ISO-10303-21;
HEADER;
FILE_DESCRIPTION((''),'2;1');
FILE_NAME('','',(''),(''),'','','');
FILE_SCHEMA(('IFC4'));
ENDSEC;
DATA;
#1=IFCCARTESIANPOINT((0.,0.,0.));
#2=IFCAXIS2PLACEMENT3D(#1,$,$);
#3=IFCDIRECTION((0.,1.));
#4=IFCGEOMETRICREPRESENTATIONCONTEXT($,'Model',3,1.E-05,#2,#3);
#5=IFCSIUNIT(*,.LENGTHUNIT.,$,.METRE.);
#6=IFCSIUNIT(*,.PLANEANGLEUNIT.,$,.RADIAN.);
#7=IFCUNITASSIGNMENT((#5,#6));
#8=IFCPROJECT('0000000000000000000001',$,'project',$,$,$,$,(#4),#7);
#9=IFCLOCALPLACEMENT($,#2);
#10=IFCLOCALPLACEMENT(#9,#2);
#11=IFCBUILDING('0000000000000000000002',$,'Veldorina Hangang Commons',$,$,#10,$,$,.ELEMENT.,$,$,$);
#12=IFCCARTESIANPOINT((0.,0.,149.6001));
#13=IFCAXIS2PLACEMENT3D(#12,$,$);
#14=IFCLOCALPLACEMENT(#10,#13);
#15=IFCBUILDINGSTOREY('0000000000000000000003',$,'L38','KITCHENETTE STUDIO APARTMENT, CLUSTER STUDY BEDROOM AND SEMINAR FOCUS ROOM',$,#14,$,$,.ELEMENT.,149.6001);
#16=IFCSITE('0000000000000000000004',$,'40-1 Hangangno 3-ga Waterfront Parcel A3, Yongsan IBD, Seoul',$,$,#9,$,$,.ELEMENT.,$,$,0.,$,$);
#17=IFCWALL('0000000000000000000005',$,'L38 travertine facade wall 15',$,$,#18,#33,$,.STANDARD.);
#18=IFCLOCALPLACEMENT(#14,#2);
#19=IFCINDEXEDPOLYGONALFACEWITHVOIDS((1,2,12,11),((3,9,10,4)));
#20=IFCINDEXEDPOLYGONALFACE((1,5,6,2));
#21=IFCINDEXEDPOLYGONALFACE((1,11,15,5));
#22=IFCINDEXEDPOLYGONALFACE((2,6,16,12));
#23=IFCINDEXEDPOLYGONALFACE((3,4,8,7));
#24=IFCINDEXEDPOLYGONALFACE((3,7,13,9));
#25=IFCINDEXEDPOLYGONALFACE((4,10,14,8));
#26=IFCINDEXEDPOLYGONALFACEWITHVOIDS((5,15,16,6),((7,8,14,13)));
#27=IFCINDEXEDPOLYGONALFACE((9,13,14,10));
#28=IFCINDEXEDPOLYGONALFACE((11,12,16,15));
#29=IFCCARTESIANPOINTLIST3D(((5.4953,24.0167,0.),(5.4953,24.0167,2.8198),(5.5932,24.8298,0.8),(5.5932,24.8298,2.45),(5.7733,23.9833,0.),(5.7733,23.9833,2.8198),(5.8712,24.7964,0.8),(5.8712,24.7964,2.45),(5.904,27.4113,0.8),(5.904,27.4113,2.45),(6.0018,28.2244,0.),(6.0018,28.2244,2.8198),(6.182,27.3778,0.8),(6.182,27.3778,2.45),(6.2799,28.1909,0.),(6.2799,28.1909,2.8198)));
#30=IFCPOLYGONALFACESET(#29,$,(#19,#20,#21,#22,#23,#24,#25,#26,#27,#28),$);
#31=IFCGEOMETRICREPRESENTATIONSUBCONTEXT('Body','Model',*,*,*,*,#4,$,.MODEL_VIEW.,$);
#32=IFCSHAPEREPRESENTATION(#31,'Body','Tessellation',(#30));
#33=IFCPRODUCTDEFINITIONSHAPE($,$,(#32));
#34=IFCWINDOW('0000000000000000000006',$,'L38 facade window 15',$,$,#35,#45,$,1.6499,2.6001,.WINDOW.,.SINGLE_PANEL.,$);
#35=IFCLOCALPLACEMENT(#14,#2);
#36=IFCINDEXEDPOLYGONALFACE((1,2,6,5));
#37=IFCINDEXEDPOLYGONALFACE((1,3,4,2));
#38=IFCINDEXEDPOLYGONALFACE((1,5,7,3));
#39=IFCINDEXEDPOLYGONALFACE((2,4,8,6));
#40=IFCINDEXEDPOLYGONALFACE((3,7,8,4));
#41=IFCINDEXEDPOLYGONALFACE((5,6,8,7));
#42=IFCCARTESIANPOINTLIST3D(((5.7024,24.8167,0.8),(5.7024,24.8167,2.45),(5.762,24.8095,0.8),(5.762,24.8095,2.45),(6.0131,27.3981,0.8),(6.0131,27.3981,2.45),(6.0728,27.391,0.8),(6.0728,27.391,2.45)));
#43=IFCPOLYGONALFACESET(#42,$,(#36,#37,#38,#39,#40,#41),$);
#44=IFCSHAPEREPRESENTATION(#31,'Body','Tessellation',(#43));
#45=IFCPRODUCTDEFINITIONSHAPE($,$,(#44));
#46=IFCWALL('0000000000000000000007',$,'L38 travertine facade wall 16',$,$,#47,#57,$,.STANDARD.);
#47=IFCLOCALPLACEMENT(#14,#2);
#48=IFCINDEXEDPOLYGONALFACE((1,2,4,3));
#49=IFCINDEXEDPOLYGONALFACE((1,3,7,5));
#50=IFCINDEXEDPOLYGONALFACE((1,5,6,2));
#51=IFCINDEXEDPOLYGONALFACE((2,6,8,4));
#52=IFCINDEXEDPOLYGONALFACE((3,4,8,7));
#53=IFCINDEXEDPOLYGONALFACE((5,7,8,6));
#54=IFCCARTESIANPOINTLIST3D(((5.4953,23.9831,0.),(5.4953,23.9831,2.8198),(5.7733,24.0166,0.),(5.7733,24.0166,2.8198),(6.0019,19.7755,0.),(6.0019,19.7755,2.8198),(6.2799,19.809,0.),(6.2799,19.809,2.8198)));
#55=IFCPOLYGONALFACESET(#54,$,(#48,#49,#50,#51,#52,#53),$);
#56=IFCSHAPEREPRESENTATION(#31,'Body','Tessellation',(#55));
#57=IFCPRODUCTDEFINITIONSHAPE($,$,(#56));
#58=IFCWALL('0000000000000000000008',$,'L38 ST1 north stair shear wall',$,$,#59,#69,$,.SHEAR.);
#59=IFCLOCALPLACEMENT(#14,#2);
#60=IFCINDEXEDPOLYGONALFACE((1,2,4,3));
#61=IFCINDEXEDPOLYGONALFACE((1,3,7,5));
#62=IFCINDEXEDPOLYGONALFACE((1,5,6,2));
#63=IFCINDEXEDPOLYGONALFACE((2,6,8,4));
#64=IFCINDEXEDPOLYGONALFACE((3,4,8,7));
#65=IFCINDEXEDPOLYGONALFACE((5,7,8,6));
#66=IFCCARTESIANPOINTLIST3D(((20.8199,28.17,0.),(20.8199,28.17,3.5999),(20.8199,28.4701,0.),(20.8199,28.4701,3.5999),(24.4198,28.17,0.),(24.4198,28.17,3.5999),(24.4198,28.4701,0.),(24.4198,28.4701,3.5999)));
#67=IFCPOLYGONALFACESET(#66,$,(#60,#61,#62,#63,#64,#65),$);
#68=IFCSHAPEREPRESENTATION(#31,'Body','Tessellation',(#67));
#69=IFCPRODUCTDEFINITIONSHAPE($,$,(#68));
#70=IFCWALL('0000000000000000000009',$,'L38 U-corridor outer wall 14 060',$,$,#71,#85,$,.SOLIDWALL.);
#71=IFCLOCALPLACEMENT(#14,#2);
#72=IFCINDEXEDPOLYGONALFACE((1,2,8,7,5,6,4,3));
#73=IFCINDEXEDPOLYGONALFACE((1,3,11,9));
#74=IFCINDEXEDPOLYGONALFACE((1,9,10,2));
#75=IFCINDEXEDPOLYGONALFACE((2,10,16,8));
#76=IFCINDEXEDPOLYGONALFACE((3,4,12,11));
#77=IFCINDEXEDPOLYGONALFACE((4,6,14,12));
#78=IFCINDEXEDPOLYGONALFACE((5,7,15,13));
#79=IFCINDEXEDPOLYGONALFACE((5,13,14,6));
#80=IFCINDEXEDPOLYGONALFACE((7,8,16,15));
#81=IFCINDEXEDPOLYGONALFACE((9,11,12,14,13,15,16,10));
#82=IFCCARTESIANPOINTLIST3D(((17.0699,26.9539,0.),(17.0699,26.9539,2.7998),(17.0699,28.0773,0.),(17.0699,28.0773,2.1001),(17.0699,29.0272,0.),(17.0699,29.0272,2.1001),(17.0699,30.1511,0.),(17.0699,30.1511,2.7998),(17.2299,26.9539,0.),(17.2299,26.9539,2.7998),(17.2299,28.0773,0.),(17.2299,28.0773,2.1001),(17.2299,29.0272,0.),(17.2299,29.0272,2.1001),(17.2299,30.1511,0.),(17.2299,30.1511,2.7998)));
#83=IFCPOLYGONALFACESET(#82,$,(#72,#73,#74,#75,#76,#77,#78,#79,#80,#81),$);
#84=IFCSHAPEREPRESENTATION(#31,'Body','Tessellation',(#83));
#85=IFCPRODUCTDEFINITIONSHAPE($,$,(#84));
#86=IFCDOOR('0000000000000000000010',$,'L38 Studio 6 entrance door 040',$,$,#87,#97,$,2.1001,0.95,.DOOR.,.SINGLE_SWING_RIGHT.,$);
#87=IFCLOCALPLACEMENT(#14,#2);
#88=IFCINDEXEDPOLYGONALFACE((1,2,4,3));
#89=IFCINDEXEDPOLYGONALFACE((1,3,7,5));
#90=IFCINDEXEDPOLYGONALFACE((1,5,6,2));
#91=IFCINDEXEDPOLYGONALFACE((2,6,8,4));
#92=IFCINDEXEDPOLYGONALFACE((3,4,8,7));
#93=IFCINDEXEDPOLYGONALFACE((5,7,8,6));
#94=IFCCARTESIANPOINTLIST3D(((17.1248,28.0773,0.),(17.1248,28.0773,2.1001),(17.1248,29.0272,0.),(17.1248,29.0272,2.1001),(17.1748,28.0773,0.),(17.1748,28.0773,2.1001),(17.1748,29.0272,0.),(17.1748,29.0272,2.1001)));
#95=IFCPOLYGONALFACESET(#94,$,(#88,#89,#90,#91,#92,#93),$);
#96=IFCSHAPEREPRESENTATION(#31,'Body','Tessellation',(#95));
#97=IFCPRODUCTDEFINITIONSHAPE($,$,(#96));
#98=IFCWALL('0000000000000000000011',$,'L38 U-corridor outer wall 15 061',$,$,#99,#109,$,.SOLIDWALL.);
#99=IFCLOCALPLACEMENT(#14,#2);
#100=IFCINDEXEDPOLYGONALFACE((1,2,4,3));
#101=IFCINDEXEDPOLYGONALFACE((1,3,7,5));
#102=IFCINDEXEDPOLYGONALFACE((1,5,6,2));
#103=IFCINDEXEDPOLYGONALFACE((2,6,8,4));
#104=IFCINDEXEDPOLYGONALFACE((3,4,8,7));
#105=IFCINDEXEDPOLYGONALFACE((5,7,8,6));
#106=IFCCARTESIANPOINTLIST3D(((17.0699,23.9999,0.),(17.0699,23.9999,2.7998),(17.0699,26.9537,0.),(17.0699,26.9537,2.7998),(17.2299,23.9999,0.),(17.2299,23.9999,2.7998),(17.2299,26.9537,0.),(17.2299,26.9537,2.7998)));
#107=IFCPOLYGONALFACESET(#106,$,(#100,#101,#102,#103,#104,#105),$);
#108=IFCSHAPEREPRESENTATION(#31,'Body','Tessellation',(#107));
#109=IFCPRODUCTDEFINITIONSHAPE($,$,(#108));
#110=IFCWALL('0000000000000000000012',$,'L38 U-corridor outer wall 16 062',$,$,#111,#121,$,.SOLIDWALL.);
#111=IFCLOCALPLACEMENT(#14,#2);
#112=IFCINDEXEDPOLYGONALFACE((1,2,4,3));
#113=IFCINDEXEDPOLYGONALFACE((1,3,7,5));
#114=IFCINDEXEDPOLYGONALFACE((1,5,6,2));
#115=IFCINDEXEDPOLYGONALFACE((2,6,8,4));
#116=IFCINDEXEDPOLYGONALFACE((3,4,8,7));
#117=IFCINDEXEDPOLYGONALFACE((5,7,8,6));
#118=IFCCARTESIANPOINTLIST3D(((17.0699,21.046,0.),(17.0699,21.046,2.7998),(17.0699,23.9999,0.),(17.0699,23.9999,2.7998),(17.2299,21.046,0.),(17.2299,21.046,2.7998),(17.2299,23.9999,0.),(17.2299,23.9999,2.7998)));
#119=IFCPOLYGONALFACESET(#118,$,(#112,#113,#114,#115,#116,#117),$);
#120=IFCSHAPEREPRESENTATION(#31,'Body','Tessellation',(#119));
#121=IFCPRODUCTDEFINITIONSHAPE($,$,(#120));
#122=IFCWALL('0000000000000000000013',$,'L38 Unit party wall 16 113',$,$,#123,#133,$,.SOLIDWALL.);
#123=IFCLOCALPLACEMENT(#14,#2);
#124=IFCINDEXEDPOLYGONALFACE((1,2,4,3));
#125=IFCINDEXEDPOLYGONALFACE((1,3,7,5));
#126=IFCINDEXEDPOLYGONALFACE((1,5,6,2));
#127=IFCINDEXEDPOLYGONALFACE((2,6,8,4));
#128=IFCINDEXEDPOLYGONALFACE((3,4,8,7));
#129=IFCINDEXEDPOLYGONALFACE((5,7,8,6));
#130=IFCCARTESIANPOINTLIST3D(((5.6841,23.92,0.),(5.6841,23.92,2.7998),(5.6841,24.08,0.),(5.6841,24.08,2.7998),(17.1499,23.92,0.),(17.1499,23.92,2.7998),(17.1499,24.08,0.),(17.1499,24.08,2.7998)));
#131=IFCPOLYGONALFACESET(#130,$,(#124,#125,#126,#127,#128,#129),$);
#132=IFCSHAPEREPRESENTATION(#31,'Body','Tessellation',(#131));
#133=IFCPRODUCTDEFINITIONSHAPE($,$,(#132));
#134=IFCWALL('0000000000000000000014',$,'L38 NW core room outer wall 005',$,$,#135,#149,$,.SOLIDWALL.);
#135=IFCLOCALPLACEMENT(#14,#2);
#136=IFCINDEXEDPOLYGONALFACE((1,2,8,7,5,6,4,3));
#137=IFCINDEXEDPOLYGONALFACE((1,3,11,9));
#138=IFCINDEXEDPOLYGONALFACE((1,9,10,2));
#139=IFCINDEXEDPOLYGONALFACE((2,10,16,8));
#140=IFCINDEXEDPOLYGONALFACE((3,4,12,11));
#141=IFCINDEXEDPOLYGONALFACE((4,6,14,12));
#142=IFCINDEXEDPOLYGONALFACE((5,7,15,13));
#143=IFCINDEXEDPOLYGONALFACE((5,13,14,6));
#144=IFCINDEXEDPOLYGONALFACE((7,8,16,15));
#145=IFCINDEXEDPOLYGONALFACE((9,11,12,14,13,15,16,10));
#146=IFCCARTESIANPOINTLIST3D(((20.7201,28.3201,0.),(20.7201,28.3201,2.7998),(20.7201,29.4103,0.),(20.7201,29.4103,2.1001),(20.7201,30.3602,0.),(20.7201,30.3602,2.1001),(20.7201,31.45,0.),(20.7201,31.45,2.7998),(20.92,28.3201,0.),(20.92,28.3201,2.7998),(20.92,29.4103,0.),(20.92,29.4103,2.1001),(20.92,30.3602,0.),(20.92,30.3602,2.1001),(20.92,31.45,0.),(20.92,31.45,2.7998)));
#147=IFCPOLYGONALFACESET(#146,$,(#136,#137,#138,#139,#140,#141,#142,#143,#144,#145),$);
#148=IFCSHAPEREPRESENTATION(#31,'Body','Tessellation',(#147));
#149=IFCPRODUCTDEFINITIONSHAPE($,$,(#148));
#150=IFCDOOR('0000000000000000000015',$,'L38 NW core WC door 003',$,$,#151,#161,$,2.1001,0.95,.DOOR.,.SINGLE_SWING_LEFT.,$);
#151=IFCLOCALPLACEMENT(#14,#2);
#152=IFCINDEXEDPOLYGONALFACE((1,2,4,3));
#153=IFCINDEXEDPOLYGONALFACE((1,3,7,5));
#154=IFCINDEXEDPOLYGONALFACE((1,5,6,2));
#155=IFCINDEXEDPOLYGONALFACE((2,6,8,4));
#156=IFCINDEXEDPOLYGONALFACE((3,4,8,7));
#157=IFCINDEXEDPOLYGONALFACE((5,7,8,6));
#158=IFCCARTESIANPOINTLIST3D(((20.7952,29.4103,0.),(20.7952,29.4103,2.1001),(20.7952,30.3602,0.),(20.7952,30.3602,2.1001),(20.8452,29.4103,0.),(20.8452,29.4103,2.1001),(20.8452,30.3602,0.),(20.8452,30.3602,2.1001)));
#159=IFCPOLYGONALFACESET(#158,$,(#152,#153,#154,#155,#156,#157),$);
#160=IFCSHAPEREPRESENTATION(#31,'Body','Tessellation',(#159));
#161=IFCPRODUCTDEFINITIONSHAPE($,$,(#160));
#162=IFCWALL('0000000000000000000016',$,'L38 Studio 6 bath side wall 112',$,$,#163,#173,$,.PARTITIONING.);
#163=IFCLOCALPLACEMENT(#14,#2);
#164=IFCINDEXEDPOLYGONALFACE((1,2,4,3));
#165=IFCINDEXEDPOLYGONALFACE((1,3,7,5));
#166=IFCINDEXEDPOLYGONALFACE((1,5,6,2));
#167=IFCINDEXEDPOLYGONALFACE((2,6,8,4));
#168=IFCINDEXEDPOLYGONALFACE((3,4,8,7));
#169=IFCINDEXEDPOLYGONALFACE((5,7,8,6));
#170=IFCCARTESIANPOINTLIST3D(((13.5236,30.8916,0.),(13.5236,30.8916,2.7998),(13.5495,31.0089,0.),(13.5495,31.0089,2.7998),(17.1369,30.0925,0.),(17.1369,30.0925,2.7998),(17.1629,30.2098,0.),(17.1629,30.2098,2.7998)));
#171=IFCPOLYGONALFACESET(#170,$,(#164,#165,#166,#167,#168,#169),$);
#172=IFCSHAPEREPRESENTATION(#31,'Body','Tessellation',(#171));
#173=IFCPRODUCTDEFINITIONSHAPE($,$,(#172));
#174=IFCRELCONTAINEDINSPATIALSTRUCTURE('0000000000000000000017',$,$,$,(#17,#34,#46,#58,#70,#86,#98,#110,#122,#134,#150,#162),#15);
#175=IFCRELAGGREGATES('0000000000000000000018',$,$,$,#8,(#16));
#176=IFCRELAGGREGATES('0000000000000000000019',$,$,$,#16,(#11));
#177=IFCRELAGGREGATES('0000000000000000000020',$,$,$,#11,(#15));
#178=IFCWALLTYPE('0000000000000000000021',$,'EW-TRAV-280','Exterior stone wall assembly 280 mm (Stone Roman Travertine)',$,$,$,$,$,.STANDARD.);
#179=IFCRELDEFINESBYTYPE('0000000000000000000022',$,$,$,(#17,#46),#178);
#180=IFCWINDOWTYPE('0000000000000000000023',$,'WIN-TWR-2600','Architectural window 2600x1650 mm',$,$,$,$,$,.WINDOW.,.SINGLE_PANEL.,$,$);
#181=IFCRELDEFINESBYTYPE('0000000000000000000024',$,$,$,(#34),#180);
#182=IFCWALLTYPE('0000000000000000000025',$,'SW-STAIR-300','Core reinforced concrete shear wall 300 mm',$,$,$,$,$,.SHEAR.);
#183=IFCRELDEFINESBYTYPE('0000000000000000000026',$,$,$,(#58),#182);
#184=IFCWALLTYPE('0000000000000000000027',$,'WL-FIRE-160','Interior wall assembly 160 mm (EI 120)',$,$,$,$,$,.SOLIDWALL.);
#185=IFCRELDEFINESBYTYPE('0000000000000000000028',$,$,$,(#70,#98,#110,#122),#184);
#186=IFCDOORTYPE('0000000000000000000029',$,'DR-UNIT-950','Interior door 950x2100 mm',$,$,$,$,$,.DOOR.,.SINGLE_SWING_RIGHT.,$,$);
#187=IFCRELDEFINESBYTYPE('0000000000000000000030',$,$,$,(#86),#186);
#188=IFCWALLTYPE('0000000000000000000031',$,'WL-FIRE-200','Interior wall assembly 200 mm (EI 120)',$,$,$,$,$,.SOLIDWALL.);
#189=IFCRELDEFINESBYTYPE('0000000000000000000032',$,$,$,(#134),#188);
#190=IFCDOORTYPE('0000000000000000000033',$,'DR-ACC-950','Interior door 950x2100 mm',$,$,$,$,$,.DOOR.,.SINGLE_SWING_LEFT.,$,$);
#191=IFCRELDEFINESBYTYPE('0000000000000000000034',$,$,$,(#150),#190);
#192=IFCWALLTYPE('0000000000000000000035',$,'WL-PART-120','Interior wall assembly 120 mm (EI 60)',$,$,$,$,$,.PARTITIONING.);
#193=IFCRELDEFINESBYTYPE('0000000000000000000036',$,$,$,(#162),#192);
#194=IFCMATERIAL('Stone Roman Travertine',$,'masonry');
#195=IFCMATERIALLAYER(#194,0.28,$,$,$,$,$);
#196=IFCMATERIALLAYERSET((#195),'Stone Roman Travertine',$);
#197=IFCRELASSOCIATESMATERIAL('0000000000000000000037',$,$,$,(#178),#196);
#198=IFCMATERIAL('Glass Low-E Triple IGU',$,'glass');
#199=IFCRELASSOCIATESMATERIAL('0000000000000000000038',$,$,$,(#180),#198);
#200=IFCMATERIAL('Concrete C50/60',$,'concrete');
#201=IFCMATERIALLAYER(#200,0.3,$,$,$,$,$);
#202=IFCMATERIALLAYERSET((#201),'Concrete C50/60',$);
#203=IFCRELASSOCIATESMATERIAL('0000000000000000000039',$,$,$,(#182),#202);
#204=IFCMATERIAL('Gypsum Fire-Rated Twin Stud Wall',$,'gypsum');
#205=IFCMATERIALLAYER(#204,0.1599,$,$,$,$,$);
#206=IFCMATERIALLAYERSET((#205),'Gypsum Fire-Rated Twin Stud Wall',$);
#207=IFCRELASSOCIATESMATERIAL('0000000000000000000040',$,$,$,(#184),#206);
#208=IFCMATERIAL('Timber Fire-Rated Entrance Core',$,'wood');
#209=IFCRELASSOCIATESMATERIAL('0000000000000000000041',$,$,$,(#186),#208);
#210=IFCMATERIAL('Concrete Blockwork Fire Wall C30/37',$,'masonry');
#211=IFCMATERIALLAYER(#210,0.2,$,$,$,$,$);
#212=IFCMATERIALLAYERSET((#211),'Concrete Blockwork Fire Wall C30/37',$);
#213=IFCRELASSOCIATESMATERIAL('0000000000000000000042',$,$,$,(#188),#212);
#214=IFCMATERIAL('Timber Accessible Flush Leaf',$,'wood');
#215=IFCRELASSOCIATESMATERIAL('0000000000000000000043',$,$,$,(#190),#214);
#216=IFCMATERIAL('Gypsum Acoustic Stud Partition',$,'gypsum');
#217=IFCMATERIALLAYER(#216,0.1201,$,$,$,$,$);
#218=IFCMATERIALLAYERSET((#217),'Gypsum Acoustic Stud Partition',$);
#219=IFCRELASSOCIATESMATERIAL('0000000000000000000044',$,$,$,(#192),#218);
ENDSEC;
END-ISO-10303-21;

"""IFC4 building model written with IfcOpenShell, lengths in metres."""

from ifc_helpers import new_model, si_unit, direction, frame, frame_2d, origin, place, context, subcontext, project, spatial, rectangle, extrude, material, layer, layer_set, type_object, element, fill, save


model = new_model("IFC4")

# Units and contexts
model_context = context("Model", 3, precision=1e-05, world=origin(), true_north=direction((0.0, 1.0)))
body_context = subcontext(model_context, "Body", "Model", "MODEL_VIEW")
ifc_project = project(units=[si_unit("LENGTHUNIT", "METRE"), si_unit("PLANEANGLEUNIT", "RADIAN")], contexts=[model_context])

# Site, building, storey
site_placement = place(None, origin())
site = spatial("IfcSite", under=ifc_project, at=site_placement, Name="40-1 Hangangno 3-ga Waterfront Parcel A3, Yongsan IBD, Seoul", CompositionType="ELEMENT", RefElevation=0.0)
building_placement = place(site_placement, origin())
building = spatial("IfcBuilding", under=site, at=building_placement, Name="Veldorina Hangang Commons", CompositionType="ELEMENT")
storey_placement = place(building_placement, frame((0.0, 0.0, 149.6001)))
storey = spatial("IfcBuildingStorey", under=building, at=storey_placement, Name="L38", Description="KITCHENETTE STUDIO APARTMENT, CLUSTER STUDY BEDROOM AND SEMINAR FOCUS ROOM", CompositionType="ELEMENT", Elevation=149.6001)

# Shared definitions
ifc_material_1 = material(Name="Stone Roman Travertine", Category="masonry")
ifc_layer_1 = layer(ifc_material_1, 0.28)
ifc_layer_set_1 = layer_set([ifc_layer_1], Name="Stone Roman Travertine")
wall_type_1 = type_object("IfcWallType", Name="EW-TRAV-280", Description="Exterior stone wall assembly 280 mm (Stone Roman Travertine)", PredefinedType="STANDARD", material=ifc_layer_set_1)

# Wall, opening, window
wall_1_placement = place(storey_placement, frame((6.1409, 28.2078, 0.0), z_axis=(0.0, 0.0, 1.0), x_axis=(-0.119531, -0.99283, 0.0)))
wall_1 = element("IfcWall", 1, at=wall_1_placement, inside=storey, type_object=wall_type_1, Name="L38 travertine facade wall 15", PredefinedType="STANDARD", context=body_context, shape_type="SweptSolid", body=[
    extrude(rectangle(XDim=4.238, YDim=0.28, at=frame_2d((2.1191, 0.0))), origin(), (0.0, 0.0, 1.0), 2.8198),
])
opening_1_placement = place(wall_1_placement, frame((0.8191, 0.0, 0.8)))
opening_1 = element("IfcOpeningElement", 2, at=opening_1_placement, cuts=wall_1, PredefinedType="OPENING", context=body_context, shape_type="SweptSolid", body=[
    extrude(rectangle(XDim=2.6001, YDim=1.6499, at=frame_2d((1.3, 0.825))), frame((0.0, 0.1499, 0.0), z_axis=(0.0, -1.0, 0.0), x_axis=(1.0, 0.0, 0.0)), (0.0, 0.0, 1.0), 0.3),
])
ifc_material_2 = material(Name="Glass Low-E Triple IGU", Category="glass")
window_type = type_object("IfcWindowType", Name="WIN-TWR-2600", Description="Architectural window 2600x1650 mm", PartitioningType="SINGLE_PANEL", PredefinedType="WINDOW", material=ifc_material_2)
window_placement = place(opening_1_placement, origin())
window = element("IfcWindow", 3, at=window_placement, inside=storey, type_object=window_type, Name="L38 facade window 15", OverallHeight=1.6499, OverallWidth=2.6001, PartitioningType="SINGLE_PANEL", PredefinedType="WINDOW", context=body_context, shape_type="SweptSolid", body=[
    extrude(rectangle(XDim=2.6001, YDim=1.6499, at=frame_2d((1.3, 0.825))), frame((0.0, 0.03, 0.0), z_axis=(0.0, -1.0, 0.0), x_axis=(1.0, 0.0, 0.0)), (0.0, 0.0, 1.0), 0.0601),
])
fill(opening_1, window)

# Walls
wall_2_placement = place(storey_placement, frame((5.6343, 24.0, 0.0), z_axis=(0.0, 0.0, 1.0), x_axis=(0.119531, -0.99283, 0.0)))
element("IfcWall", 4, at=wall_2_placement, inside=storey, type_object=wall_type_1, Name="L38 travertine facade wall 16", PredefinedType="STANDARD", context=body_context, shape_type="SweptSolid", body=[
    extrude(rectangle(XDim=4.238, YDim=0.28, at=frame_2d((2.1191, 0.0))), origin(), (0.0, 0.0, 1.0), 2.8198),
])
ifc_material_3 = material(Name="Concrete C50/60", Category="concrete")
ifc_layer_2 = layer(ifc_material_3, 0.3)
ifc_layer_set_2 = layer_set([ifc_layer_2], Name="Concrete C50/60")
wall_type_2 = type_object("IfcWallType", Name="SW-STAIR-300", Description="Core reinforced concrete shear wall 300 mm", PredefinedType="SHEAR", material=ifc_layer_set_2)
wall_3_placement = place(storey_placement, frame((20.8201, 28.3201, 0.0), z_axis=(0.0, 0.0, 1.0), x_axis=(1.0, 0.0, 0.0)))
element("IfcWall", 5, at=wall_3_placement, inside=storey, type_object=wall_type_2, Name="L38 ST1 north stair shear wall", PredefinedType="SHEAR", context=body_context, shape_type="SweptSolid", body=[
    extrude(rectangle(XDim=3.5999, YDim=0.3, at=frame_2d((1.7998, 0.0))), origin(), (0.0, 0.0, 1.0), 3.5999),
])

# Wall, opening, door
ifc_material_4 = material(Name="Gypsum Fire-Rated Twin Stud Wall", Category="gypsum")
ifc_layer_3 = layer(ifc_material_4, 0.1599)
ifc_layer_set_3 = layer_set([ifc_layer_3], Name="Gypsum Fire-Rated Twin Stud Wall")
wall_type_3 = type_object("IfcWallType", Name="WL-FIRE-160", Description="Interior wall assembly 160 mm (EI 120)", PredefinedType="SOLIDWALL", material=ifc_layer_set_3)
wall_4_placement = place(storey_placement, frame((17.1499, 30.1511, 0.0), z_axis=(0.0, 0.0, 1.0), x_axis=(0.0, -1.0, 0.0)))
wall_4 = element("IfcWall", 6, at=wall_4_placement, inside=storey, type_object=wall_type_3, Name="L38 U-corridor outer wall 14 060", PredefinedType="SOLIDWALL", context=body_context, shape_type="SweptSolid", body=[
    extrude(rectangle(XDim=3.1973, YDim=0.1599, at=frame_2d((1.5986, 0.0))), origin(), (0.0, 0.0, 1.0), 2.7998),
])
opening_2_placement = place(wall_4_placement, frame((1.1238, 0.0, 0.0)))
opening_2 = element("IfcOpeningElement", 7, at=opening_2_placement, cuts=wall_4, PredefinedType="OPENING", context=body_context, shape_type="SweptSolid", body=[
    extrude(rectangle(XDim=0.95, YDim=2.1001, at=frame_2d((0.4751, 1.05))), frame((0.0, 0.0898, 0.0), z_axis=(0.0, -1.0, 0.0), x_axis=(1.0, 0.0, 0.0)), (0.0, 0.0, 1.0), 0.1799),
])
ifc_material_5 = material(Name="Timber Fire-Rated Entrance Core", Category="wood")
door_type_1 = type_object("IfcDoorType", Name="DR-UNIT-950", Description="Interior door 950x2100 mm", OperationType="SINGLE_SWING_RIGHT", PredefinedType="DOOR", material=ifc_material_5)
door_1_placement = place(opening_2_placement, origin())
door_1 = element("IfcDoor", 8, at=door_1_placement, inside=storey, type_object=door_type_1, Name="L38 Studio 6 entrance door 040", OperationType="SINGLE_SWING_RIGHT", OverallHeight=2.1001, OverallWidth=0.95, PredefinedType="DOOR", context=body_context, shape_type="SweptSolid", body=[
    extrude(rectangle(XDim=0.95, YDim=2.1001, at=frame_2d((0.4751, 1.05))), frame((0.0, 0.0249, 0.0), z_axis=(0.0, -1.0, 0.0), x_axis=(1.0, 0.0, 0.0)), (0.0, 0.0, 1.0), 0.05),
])
fill(opening_2, door_1)

# Walls
for number, where, z_axis, x_axis, name in (
    (9, (17.1499, 26.9539, 0.0), (0.0, 0.0, 1.0), (0.0, -1.0, 0.0), "L38 U-corridor outer wall 15 061"),
    (10, (17.1499, 24.0, 0.0), (0.0, 0.0, 1.0), (0.0, -1.0, 0.0), "L38 U-corridor outer wall 16 062"),
):
    element("IfcWall", number, at=place(storey_placement, frame(where, z_axis=z_axis, x_axis=x_axis)), inside=storey, type_object=wall_type_3, Name=name, PredefinedType="SOLIDWALL", context=body_context, shape_type="SweptSolid", body=[
        extrude(rectangle(XDim=2.9539, YDim=0.1599, at=frame_2d((1.4771, 0.0))), origin(), (0.0, 0.0, 1.0), 2.7998),
    ])
wall_5_placement = place(storey_placement, frame((17.1499, 24.0, 0.0), z_axis=(0.0, 0.0, 1.0), x_axis=(-1.0, 0.0, 0.0)))
element("IfcWall", 11, at=wall_5_placement, inside=storey, type_object=wall_type_3, Name="L38 Unit party wall 16 113", PredefinedType="SOLIDWALL", context=body_context, shape_type="SweptSolid", body=[
    extrude(rectangle(XDim=11.4658, YDim=0.1599, at=frame_2d((5.7329, 0.0))), origin(), (0.0, 0.0, 1.0), 2.7998),
])

# Wall, opening, door
ifc_material_6 = material(Name="Concrete Blockwork Fire Wall C30/37", Category="masonry")
ifc_layer_4 = layer(ifc_material_6, 0.2)
ifc_layer_set_4 = layer_set([ifc_layer_4], Name="Concrete Blockwork Fire Wall C30/37")
wall_type_4 = type_object("IfcWallType", Name="WL-FIRE-200", Description="Interior wall assembly 200 mm (EI 120)", PredefinedType="SOLIDWALL", material=ifc_layer_set_4)
wall_6_placement = place(storey_placement, frame((20.8201, 28.3201, 0.0), z_axis=(0.0, 0.0, 1.0), x_axis=(0.0, 1.0, 0.0)))
wall_6 = element("IfcWall", 12, at=wall_6_placement, inside=storey, type_object=wall_type_4, Name="L38 NW core room outer wall 005", PredefinedType="SOLIDWALL", context=body_context, shape_type="SweptSolid", body=[
    extrude(rectangle(XDim=3.1299, YDim=0.2, at=frame_2d((1.5649, 0.0))), origin(), (0.0, 0.0, 1.0), 2.7998),
])
opening_3_placement = place(wall_6_placement, frame((1.0901, 0.0, 0.0)))
opening_3 = element("IfcOpeningElement", 13, at=opening_3_placement, cuts=wall_6, PredefinedType="OPENING", context=body_context, shape_type="SweptSolid", body=[
    extrude(rectangle(XDim=0.95, YDim=2.1001, at=frame_2d((0.4751, 1.05))), frame((0.0, 0.1099, 0.0), z_axis=(0.0, -1.0, 0.0), x_axis=(1.0, 0.0, 0.0)), (0.0, 0.0, 1.0), 0.22),
])
ifc_material_7 = material(Name="Timber Accessible Flush Leaf", Category="wood")
door_type_2 = type_object("IfcDoorType", Name="DR-ACC-950", Description="Interior door 950x2100 mm", OperationType="SINGLE_SWING_LEFT", PredefinedType="DOOR", material=ifc_material_7)
door_2_placement = place(opening_3_placement, origin())
door_2 = element("IfcDoor", 14, at=door_2_placement, inside=storey, type_object=door_type_2, Name="L38 NW core WC door 003", OperationType="SINGLE_SWING_LEFT", OverallHeight=2.1001, OverallWidth=0.95, PredefinedType="DOOR", context=body_context, shape_type="SweptSolid", body=[
    extrude(rectangle(XDim=0.95, YDim=2.1001, at=frame_2d((0.4751, 1.05))), frame((0.0, 0.0249, 0.0), z_axis=(0.0, -1.0, 0.0), x_axis=(1.0, 0.0, 0.0)), (0.0, 0.0, 1.0), 0.05),
])
fill(opening_3, door_2)

# Wall
ifc_material_8 = material(Name="Gypsum Acoustic Stud Partition", Category="gypsum")
ifc_layer_5 = layer(ifc_material_8, 0.1201)
ifc_layer_set_5 = layer_set([ifc_layer_5], Name="Gypsum Acoustic Stud Partition")
wall_type_5 = type_object("IfcWallType", Name="WL-PART-120", Description="Interior wall assembly 120 mm (EI 60)", PredefinedType="PARTITIONING", material=ifc_layer_set_5)
wall_7_placement = place(storey_placement, frame((17.1499, 30.1511, 0.0), z_axis=(0.0, 0.0, 1.0), x_axis=(-0.976409, 0.215931, 0.0)))
element("IfcWall", 15, at=wall_7_placement, inside=storey, type_object=wall_type_5, Name="L38 Studio 6 bath side wall 112", PredefinedType="PARTITIONING", context=body_context, shape_type="SweptSolid", body=[
    extrude(rectangle(XDim=3.7007, YDim=0.1201, at=frame_2d((1.8503, 0.0))), origin(), (0.0, 0.0, 1.0), 2.7998),
])

save(model, "model.ifc")
